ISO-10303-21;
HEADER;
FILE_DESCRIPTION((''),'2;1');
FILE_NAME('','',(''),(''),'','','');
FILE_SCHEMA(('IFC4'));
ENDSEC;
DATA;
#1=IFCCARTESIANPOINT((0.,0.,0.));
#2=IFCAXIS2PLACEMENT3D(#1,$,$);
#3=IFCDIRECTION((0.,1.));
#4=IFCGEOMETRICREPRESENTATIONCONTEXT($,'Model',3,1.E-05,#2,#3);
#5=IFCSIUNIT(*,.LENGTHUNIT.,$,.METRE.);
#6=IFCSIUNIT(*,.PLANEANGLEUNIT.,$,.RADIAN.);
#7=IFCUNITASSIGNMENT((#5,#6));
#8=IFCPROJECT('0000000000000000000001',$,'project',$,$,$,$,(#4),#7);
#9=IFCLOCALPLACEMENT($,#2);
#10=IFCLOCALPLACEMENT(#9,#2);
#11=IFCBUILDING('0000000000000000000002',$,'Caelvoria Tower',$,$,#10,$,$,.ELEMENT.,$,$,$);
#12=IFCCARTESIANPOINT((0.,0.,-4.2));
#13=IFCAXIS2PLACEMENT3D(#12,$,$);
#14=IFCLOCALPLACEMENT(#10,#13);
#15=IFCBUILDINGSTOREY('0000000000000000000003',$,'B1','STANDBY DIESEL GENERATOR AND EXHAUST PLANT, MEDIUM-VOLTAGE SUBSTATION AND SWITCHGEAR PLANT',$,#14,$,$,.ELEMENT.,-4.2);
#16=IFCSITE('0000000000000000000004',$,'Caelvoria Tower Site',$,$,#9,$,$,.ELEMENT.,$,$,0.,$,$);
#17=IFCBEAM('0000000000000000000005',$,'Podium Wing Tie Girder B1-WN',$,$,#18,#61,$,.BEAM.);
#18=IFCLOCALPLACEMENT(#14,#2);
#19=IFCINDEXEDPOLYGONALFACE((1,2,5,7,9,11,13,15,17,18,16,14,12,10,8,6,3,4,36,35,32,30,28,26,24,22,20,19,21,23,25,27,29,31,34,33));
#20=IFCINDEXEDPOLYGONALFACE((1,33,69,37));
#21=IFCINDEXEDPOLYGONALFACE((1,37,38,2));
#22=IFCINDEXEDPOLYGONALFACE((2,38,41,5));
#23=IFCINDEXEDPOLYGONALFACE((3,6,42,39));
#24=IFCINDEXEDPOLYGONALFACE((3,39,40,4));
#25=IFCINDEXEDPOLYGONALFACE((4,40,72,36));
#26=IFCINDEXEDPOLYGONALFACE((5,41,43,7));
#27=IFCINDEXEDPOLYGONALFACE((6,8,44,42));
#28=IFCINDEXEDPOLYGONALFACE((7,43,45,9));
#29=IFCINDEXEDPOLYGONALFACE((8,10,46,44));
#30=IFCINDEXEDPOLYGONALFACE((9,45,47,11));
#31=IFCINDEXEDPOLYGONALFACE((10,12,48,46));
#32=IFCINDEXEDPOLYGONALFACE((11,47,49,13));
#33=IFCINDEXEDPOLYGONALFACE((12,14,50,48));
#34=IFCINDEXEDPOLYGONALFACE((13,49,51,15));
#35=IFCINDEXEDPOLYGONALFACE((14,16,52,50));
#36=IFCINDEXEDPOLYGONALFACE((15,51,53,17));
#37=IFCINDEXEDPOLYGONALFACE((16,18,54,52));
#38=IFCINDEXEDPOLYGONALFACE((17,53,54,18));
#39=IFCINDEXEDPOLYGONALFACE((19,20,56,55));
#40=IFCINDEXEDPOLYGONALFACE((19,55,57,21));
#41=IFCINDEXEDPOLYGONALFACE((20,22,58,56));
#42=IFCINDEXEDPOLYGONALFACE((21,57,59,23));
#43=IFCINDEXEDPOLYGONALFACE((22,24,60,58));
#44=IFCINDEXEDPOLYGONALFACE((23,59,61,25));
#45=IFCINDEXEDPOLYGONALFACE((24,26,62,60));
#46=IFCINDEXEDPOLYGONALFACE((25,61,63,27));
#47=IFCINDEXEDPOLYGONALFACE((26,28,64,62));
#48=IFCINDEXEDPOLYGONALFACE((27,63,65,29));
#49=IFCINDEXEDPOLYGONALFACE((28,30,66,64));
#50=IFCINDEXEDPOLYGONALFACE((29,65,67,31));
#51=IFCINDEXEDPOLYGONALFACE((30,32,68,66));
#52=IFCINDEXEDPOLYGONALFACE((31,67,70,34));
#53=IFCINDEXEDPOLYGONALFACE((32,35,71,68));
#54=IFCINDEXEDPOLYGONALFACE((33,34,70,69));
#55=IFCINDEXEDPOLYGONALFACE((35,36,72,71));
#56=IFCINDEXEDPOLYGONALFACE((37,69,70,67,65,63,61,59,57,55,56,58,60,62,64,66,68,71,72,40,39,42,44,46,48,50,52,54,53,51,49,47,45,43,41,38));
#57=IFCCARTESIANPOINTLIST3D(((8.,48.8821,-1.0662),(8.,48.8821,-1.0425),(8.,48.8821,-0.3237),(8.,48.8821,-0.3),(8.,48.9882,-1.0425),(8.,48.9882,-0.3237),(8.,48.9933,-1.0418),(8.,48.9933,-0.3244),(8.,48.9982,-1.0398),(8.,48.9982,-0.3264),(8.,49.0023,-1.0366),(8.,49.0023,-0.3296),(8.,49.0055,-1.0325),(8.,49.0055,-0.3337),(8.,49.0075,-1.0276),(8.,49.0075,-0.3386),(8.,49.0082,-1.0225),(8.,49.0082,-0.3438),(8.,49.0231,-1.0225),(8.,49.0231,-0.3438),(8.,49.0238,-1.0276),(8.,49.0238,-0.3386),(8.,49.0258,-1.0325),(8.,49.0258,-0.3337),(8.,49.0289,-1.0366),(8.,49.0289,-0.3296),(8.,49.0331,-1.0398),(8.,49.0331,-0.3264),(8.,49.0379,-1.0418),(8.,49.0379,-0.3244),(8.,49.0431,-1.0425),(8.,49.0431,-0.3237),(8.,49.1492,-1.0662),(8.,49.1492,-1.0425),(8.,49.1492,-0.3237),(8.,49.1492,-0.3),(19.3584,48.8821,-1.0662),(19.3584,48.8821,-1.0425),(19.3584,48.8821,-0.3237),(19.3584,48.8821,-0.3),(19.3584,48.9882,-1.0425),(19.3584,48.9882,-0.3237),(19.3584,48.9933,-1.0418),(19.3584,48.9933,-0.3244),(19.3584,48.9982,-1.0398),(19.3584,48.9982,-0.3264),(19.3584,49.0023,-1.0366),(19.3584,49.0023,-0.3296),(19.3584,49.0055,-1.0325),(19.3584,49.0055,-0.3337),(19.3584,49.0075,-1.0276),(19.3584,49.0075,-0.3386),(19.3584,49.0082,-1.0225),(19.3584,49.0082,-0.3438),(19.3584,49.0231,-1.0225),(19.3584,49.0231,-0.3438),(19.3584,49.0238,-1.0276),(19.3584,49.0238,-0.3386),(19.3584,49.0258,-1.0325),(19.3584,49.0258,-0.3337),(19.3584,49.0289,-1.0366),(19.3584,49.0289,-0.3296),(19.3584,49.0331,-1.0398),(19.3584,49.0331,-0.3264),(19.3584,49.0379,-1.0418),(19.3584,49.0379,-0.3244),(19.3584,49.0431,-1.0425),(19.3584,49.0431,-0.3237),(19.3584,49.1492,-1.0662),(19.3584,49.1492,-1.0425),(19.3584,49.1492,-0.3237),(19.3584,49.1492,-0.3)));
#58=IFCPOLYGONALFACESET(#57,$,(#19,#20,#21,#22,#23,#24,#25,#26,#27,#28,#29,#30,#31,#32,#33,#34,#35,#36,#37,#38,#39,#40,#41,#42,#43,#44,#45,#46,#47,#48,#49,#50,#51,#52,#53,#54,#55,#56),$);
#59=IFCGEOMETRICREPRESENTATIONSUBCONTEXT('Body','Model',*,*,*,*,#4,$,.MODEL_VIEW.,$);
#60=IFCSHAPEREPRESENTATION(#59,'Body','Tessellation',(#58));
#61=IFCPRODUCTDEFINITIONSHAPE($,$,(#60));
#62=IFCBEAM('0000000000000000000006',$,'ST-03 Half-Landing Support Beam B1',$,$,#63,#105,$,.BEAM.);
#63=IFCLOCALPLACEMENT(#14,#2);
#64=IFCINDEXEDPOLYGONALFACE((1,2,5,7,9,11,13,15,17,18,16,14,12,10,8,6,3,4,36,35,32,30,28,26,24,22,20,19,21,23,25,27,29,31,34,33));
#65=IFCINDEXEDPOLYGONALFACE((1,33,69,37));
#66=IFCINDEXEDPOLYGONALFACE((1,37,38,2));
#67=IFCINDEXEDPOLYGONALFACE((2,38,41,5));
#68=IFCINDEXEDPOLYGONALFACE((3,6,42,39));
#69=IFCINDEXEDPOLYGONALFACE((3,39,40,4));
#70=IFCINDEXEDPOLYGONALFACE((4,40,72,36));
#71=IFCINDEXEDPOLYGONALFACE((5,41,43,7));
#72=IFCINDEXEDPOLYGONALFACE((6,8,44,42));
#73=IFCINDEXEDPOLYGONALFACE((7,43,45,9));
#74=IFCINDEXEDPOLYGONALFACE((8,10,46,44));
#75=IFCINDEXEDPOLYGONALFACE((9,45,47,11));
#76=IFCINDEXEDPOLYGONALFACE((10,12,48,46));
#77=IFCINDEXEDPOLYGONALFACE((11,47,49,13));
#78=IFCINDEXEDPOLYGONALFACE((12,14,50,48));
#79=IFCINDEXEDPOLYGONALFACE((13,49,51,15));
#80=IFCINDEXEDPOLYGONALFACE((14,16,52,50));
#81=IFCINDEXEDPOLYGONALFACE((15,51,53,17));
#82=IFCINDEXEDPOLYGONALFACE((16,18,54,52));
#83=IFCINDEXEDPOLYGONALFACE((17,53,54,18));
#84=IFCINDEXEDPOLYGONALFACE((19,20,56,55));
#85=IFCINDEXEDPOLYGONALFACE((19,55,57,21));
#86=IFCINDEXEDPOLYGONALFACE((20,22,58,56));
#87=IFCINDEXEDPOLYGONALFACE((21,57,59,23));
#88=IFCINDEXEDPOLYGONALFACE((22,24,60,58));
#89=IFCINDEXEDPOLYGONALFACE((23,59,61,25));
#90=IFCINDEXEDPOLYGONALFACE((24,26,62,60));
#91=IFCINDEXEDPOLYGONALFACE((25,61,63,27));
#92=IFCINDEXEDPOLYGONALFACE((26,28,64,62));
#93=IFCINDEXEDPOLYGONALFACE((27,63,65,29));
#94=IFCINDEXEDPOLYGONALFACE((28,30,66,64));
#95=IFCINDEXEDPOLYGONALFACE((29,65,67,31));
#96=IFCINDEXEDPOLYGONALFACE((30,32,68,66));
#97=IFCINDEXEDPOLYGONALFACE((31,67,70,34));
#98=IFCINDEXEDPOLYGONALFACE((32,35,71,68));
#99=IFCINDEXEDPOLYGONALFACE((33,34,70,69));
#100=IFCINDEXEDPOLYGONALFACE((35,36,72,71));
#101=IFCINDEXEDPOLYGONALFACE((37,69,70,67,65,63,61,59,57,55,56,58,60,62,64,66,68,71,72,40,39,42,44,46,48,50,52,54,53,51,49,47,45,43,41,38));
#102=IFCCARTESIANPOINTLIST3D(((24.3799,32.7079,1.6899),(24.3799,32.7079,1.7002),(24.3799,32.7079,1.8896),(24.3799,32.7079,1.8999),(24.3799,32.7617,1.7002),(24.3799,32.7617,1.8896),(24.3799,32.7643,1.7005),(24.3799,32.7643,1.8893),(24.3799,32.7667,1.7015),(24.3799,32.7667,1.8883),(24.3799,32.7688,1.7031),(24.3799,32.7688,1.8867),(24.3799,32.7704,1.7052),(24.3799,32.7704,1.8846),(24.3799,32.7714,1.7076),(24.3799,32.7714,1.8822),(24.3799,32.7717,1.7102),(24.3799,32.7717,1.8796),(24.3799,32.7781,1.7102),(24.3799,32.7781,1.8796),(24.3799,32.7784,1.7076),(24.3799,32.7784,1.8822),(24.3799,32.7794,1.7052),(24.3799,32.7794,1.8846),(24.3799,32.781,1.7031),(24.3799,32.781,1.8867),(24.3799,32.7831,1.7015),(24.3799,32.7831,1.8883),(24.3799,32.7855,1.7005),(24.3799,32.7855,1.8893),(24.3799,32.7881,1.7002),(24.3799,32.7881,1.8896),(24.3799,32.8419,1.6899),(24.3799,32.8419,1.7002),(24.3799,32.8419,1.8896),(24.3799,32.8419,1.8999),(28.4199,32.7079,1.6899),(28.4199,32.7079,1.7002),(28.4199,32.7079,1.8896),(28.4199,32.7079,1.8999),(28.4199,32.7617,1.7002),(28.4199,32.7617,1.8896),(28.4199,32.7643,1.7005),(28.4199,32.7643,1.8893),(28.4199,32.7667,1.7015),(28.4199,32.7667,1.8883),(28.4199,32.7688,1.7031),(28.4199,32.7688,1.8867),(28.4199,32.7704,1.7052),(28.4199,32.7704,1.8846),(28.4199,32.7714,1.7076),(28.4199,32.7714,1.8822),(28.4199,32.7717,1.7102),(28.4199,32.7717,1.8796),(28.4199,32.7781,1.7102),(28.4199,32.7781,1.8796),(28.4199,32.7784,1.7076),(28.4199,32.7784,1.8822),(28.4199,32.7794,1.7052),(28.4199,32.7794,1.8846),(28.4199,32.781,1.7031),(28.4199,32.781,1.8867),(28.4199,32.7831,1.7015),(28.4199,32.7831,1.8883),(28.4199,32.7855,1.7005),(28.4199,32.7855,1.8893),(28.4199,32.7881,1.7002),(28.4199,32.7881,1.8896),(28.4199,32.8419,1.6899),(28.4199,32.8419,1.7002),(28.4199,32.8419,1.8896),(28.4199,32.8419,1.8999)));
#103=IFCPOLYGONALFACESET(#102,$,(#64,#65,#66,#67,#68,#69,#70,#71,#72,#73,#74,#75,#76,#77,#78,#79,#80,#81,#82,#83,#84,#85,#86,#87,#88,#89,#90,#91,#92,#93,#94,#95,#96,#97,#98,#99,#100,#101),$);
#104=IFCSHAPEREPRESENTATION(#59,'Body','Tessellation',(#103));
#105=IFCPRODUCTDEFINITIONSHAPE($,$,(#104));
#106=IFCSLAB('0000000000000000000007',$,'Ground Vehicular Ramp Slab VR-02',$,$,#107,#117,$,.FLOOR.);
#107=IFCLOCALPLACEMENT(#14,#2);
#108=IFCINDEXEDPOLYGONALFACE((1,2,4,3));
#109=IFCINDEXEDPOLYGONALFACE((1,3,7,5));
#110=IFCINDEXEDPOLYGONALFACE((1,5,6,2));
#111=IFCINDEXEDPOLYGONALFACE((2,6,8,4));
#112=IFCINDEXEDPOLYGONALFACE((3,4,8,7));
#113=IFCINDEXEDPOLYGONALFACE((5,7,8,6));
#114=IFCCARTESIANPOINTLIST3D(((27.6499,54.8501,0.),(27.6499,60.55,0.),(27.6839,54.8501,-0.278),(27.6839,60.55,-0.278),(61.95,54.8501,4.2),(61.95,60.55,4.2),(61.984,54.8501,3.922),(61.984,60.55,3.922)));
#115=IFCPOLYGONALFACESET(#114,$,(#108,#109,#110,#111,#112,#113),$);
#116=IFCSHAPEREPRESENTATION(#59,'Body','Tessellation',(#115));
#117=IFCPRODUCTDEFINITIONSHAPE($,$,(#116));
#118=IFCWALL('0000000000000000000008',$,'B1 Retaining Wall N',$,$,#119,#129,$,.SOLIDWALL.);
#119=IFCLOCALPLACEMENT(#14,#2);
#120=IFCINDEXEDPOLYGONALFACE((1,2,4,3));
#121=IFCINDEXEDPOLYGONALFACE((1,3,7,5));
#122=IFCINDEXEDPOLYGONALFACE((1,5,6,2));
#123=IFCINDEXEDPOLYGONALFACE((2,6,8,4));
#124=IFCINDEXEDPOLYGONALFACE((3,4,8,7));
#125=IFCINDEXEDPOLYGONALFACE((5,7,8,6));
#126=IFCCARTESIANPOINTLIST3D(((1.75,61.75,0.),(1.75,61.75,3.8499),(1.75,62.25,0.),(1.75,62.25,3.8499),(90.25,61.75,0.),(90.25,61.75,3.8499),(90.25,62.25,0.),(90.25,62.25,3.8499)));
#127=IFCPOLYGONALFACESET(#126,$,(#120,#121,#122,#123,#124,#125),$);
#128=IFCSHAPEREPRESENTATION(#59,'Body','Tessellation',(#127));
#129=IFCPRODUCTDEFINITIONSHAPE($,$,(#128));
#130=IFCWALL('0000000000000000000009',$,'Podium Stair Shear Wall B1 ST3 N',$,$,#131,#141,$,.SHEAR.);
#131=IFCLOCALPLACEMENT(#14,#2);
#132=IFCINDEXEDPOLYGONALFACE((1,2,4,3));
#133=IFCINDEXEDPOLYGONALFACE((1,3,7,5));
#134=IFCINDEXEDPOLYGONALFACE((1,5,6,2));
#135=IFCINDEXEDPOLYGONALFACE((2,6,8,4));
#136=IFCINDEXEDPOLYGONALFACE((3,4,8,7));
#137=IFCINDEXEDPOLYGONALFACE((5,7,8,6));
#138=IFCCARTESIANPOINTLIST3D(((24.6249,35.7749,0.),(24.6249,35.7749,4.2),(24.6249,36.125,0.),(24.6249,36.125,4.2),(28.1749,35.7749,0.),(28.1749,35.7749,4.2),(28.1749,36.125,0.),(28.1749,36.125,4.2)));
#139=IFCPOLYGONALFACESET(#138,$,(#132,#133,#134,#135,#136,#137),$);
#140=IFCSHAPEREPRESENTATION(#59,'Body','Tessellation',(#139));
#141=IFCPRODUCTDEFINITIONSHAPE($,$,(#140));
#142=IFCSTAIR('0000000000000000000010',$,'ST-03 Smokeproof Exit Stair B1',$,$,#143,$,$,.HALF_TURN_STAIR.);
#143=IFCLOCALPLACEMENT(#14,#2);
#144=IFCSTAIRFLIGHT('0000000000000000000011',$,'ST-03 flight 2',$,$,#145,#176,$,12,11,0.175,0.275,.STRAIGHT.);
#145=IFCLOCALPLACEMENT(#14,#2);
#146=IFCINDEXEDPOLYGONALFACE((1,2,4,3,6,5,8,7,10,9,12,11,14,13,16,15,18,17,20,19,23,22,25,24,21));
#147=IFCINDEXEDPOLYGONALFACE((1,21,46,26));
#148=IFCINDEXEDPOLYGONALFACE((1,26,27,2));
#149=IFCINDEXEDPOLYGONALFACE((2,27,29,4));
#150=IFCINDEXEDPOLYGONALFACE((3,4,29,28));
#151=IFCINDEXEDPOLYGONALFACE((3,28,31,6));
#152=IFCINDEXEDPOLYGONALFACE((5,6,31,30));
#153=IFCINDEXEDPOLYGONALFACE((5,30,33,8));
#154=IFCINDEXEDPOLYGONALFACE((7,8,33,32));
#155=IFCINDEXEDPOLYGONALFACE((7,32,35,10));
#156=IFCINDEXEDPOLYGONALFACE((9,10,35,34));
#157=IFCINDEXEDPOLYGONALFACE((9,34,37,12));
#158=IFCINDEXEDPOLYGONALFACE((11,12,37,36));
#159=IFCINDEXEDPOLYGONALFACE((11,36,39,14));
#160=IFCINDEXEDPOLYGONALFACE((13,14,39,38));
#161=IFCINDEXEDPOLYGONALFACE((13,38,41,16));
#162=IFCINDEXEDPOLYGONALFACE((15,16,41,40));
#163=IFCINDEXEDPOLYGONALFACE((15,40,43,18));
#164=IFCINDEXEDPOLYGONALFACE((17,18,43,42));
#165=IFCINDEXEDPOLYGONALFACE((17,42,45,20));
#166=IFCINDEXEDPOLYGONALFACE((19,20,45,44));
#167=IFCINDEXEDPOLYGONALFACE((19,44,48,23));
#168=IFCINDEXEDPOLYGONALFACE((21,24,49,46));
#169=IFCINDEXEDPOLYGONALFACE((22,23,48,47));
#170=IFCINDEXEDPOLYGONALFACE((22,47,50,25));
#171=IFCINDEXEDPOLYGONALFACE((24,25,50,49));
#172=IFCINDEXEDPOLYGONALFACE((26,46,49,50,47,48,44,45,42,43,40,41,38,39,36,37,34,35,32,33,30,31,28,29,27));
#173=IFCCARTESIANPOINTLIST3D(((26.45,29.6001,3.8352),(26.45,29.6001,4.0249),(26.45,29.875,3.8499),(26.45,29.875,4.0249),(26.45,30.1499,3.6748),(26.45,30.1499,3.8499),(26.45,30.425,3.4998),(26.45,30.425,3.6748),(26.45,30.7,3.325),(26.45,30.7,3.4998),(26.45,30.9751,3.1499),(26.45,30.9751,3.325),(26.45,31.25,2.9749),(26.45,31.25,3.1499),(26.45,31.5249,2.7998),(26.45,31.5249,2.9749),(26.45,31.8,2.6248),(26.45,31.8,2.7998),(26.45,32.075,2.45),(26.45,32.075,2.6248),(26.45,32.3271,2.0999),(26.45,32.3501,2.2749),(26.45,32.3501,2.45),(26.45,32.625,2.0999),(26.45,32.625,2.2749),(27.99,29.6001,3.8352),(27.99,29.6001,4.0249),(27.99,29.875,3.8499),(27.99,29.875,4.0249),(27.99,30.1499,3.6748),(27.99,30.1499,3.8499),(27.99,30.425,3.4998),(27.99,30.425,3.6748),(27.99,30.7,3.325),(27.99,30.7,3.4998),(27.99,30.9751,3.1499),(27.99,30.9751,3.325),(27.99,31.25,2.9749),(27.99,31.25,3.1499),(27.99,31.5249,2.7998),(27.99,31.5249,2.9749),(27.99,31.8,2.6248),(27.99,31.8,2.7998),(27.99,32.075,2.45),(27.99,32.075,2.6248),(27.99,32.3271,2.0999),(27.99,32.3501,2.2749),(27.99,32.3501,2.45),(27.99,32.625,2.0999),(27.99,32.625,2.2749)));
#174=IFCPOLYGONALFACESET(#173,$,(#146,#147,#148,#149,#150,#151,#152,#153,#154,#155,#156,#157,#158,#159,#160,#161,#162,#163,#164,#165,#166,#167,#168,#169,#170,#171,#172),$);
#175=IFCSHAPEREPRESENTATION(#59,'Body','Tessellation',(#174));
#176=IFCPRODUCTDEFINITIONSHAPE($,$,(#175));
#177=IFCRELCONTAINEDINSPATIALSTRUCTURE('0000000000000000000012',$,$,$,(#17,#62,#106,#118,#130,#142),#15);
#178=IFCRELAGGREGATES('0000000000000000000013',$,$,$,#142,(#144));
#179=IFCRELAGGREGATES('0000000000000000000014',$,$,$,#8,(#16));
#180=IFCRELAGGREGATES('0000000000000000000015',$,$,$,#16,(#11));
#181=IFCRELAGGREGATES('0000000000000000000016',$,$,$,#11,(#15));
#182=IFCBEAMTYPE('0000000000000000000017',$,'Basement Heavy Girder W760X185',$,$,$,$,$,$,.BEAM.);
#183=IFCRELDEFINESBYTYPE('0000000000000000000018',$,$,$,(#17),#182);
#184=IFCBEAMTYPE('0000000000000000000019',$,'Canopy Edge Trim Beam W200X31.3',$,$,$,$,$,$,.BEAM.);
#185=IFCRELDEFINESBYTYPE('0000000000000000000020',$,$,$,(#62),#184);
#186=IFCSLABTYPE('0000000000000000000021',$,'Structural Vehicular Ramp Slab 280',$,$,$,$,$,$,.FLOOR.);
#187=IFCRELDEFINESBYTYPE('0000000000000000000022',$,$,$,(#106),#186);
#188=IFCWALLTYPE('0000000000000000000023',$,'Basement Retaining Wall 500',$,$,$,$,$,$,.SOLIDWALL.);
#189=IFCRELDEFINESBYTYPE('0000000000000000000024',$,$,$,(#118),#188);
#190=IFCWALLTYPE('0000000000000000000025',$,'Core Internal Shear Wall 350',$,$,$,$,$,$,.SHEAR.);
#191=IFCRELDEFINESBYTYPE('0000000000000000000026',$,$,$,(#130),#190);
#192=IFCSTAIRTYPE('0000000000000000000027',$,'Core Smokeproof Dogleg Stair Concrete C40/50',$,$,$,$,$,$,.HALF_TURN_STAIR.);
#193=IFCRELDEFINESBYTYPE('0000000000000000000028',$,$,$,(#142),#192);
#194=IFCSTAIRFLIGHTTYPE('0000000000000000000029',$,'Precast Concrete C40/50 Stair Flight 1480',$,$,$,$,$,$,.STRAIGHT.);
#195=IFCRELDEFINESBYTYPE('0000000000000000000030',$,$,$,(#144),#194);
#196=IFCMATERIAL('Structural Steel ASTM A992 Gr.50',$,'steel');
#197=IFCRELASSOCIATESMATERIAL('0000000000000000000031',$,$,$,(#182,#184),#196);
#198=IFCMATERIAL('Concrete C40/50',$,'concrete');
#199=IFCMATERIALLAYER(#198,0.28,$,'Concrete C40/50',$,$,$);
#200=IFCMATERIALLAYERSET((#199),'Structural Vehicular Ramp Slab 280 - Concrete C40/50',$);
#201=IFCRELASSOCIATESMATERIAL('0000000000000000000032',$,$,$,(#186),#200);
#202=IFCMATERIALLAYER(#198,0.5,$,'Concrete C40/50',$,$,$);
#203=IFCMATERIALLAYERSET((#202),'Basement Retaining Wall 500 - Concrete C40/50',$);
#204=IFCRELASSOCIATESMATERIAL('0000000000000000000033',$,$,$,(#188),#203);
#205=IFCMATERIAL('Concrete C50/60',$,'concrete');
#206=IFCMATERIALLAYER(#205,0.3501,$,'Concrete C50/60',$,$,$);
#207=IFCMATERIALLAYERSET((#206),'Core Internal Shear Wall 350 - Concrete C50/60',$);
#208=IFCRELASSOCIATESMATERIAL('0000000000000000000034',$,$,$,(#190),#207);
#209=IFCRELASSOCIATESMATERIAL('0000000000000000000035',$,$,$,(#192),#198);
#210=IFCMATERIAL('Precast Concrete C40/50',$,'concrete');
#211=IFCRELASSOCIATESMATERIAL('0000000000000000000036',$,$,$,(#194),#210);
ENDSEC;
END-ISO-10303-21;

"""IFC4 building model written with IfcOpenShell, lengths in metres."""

from ifc_helpers import new_model, si_unit, direction, frame, frame_2d, origin, origin_2d, place, context, subcontext, project, spatial, polyline, rectangle, i_section, outline, extrude, material, layer, layer_set, material_profile, profile_set, type_object, element, aggregate, save


model = new_model("IFC4")

# Units and contexts
model_context = context("Model", 3, precision=1e-05, world=origin(), true_north=direction((0.0, 1.0)))
body_context = subcontext(model_context, "Body", "Model", "MODEL_VIEW")
ifc_project = project(units=[si_unit("LENGTHUNIT", "METRE"), si_unit("PLANEANGLEUNIT", "RADIAN")], contexts=[model_context])

# Site, building, storey
site_placement = place(None, origin())
site = spatial("IfcSite", under=ifc_project, at=site_placement, Name="Caelvoria Tower Site", CompositionType="ELEMENT", RefElevation=0.0)
building_placement = place(site_placement, origin())
building = spatial("IfcBuilding", under=site, at=building_placement, Name="Caelvoria Tower", CompositionType="ELEMENT")
storey_placement = place(building_placement, frame((0.0, 0.0, -4.2)))
storey = spatial("IfcBuildingStorey", under=building, at=storey_placement, Name="B1", Description="STANDBY DIESEL GENERATOR AND EXHAUST PLANT, MEDIUM-VOLTAGE SUBSTATION AND SWITCHGEAR PLANT", CompositionType="ELEMENT", Elevation=-4.2)

# Shared definitions
ifc_material_1 = material(Name="Concrete C50/60", Category="concrete")

# Beams
ifc_material_2 = material(Name="Structural Steel ASTM A992 Gr.50", Category="steel")
ifc_material_profile_1 = material_profile(ifc_material_2, i_section(OverallWidth=0.2671, OverallDepth=0.7661, WebThickness=0.0149, FlangeThickness=0.0237, FilletRadius=0.02, at=origin_2d()), Name="Structural Steel ASTM A992 Gr.50")
ifc_profile_set_1 = profile_set([ifc_material_profile_1], Name="W760X185 - Structural Steel ASTM A992 Gr.50")
beam_type_1 = type_object("IfcBeamType", Name="Basement Heavy Girder W760X185", PredefinedType="BEAM", material=ifc_profile_set_1)
beam_1_placement = place(storey_placement, frame((8.0, 49.0156, -0.6831), z_axis=(1.0, 0.0, 0.0), x_axis=(0.0, 1.0, 0.0)))
element("IfcBeam", 1, at=beam_1_placement, inside=storey, type_object=beam_type_1, Name="Podium Wing Tie Girder B1-WN", PredefinedType="BEAM", context=body_context, shape_type="SweptSolid", body=[
    extrude(i_section(OverallWidth=0.2671, OverallDepth=0.7661, WebThickness=0.0149, FlangeThickness=0.0237, FilletRadius=0.02, at=origin_2d()), origin(), (0.0, 0.0, 1.0), 11.3584),
])
ifc_material_profile_2 = material_profile(ifc_material_2, i_section(OverallWidth=0.134, OverallDepth=0.21, WebThickness=0.0063, FlangeThickness=0.0103, FilletRadius=0.01, at=origin_2d()), Name="Structural Steel ASTM A992 Gr.50")
ifc_profile_set_2 = profile_set([ifc_material_profile_2], Name="W200X31.3 - Structural Steel ASTM A992 Gr.50")
beam_type_2 = type_object("IfcBeamType", Name="Canopy Edge Trim Beam W200X31.3", PredefinedType="BEAM", material=ifc_profile_set_2)
beam_2_placement = place(storey_placement, frame((24.3799, 32.7749, 1.7949), z_axis=(1.0, 0.0, 0.0), x_axis=(0.0, 1.0, 0.0)))
element("IfcBeam", 2, at=beam_2_placement, inside=storey, type_object=beam_type_2, Name="ST-03 Half-Landing Support Beam B1", PredefinedType="BEAM", context=body_context, shape_type="SweptSolid", body=[
    extrude(i_section(OverallWidth=0.134, OverallDepth=0.21, WebThickness=0.0063, FlangeThickness=0.0103, FilletRadius=0.01, at=origin_2d()), origin(), (0.0, 0.0, 1.0), 4.04),
])

# Slab
ifc_material_3 = material(Name="Concrete C40/50", Category="concrete")
ifc_layer_1 = layer(ifc_material_3, 0.28, Name="Concrete C40/50")
ifc_layer_set_1 = layer_set([ifc_layer_1], Name="Structural Vehicular Ramp Slab 280 - Concrete C40/50")
slab_type = type_object("IfcSlabType", Name="Structural Vehicular Ramp Slab 280", PredefinedType="FLOOR", material=ifc_layer_set_1)
slab_placement = place(storey_placement, frame((27.6499, 54.8501, 0.0), z_axis=(-0.12154, 0.0, 0.992587), x_axis=(0.992587, 0.0, 0.12154)))
element("IfcSlab", 3, at=slab_placement, inside=storey, type_object=slab_type, Name="Ground Vehicular Ramp Slab VR-02", PredefinedType="FLOOR", context=body_context, shape_type="SweptSolid", body=[
    extrude(outline(polyline([(0.0, 0.0), (34.5562, 0.0), (34.5562, 5.7), (0.0, 5.7), (0.0, 0.0)])), origin(), (0.0, 0.0, -1.0), 0.28),
])

# Walls
ifc_layer_2 = layer(ifc_material_3, 0.5, Name="Concrete C40/50")
ifc_layer_set_2 = layer_set([ifc_layer_2], Name="Basement Retaining Wall 500 - Concrete C40/50")
wall_type_1 = type_object("IfcWallType", Name="Basement Retaining Wall 500", PredefinedType="SOLIDWALL", material=ifc_layer_set_2)
wall_1_placement = place(storey_placement, frame((1.75, 62.0, 0.0), z_axis=(0.0, 0.0, 1.0), x_axis=(1.0, 0.0, 0.0)))
element("IfcWall", 4, at=wall_1_placement, inside=storey, type_object=wall_type_1, Name="B1 Retaining Wall N", PredefinedType="SOLIDWALL", context=body_context, shape_type="SweptSolid", body=[
    extrude(rectangle(XDim=88.5, YDim=0.5, at=frame_2d((44.25, 0.0))), origin(), (0.0, 0.0, 1.0), 3.8499),
])
ifc_layer_3 = layer(ifc_material_1, 0.3501, Name="Concrete C50/60")
ifc_layer_set_3 = layer_set([ifc_layer_3], Name="Core Internal Shear Wall 350 - Concrete C50/60")
wall_type_2 = type_object("IfcWallType", Name="Core Internal Shear Wall 350", PredefinedType="SHEAR", material=ifc_layer_set_3)
wall_2_placement = place(storey_placement, frame((24.625, 35.95, 0.0), z_axis=(0.0, 0.0, 1.0), x_axis=(1.0, 0.0, 0.0)))
element("IfcWall", 5, at=wall_2_placement, inside=storey, type_object=wall_type_2, Name="Podium Stair Shear Wall B1 ST3 N", PredefinedType="SHEAR", context=body_context, shape_type="SweptSolid", body=[
    extrude(rectangle(XDim=3.55, YDim=0.3501, at=frame_2d((1.7749, 0.0))), origin(), (0.0, 0.0, 1.0), 4.2),
])

# Stair, stair flight
stair_type = type_object("IfcStairType", Name="Core Smokeproof Dogleg Stair Concrete C40/50", PredefinedType="HALF_TURN_STAIR", material=ifc_material_3)
stair_placement = place(storey_placement, origin())
stair = element("IfcStair", 6, at=stair_placement, inside=storey, type_object=stair_type, Name="ST-03 Smokeproof Exit Stair B1", PredefinedType="HALF_TURN_STAIR")
ifc_material_4 = material(Name="Precast Concrete C40/50", Category="concrete")
stair_flight_type = type_object("IfcStairFlightType", Name="Precast Concrete C40/50 Stair Flight 1480", PredefinedType="STRAIGHT", material=ifc_material_4)
stair_flight_placement = place(storey_placement, frame((27.22, 32.625, 2.0999), z_axis=(0.0, 0.0, 1.0), x_axis=(0.0, -1.0, 0.0)))
stair_flight = element("IfcStairFlight", 7, at=stair_flight_placement, type_object=stair_flight_type, Name="ST-03 flight 2", NumberOfRisers=12, NumberOfTreads=11, PredefinedType="STRAIGHT", RiserHeight=0.175, TreadLength=0.275, context=body_context, shape_type="SweptSolid", body=[
    extrude(outline(polyline([(0.0, 0.0), (0.0, 0.175), (0.2749, 0.175), (0.2749, 0.3501), (0.55, 0.3501), (0.55, 0.5249), (0.825, 0.5249), (0.825, 0.7), (1.1001, 0.7), (1.1001, 0.875), (1.375, 0.875), (1.375, 1.05), (1.6499, 1.05), (1.6499, 1.2251), (1.925, 1.2251), (1.925, 1.3999), (2.2, 1.3999), (2.2, 1.575), (2.4751, 1.575), (2.4751, 1.75), (2.75, 1.75), (2.75, 1.925), (3.0249, 1.925), (3.0249, 2.1001), (3.0249, 1.7354), (0.2979, 0.0), (0.0, 0.0)])), frame((0.0, 0.77, 0.0), z_axis=(0.0, -1.0, 0.0), x_axis=(1.0, 0.0, 0.0)), (0.0, 0.0, 1.0), 1.54),
])
aggregate(stair, [stair_flight])

save(model, "model.ifc")
